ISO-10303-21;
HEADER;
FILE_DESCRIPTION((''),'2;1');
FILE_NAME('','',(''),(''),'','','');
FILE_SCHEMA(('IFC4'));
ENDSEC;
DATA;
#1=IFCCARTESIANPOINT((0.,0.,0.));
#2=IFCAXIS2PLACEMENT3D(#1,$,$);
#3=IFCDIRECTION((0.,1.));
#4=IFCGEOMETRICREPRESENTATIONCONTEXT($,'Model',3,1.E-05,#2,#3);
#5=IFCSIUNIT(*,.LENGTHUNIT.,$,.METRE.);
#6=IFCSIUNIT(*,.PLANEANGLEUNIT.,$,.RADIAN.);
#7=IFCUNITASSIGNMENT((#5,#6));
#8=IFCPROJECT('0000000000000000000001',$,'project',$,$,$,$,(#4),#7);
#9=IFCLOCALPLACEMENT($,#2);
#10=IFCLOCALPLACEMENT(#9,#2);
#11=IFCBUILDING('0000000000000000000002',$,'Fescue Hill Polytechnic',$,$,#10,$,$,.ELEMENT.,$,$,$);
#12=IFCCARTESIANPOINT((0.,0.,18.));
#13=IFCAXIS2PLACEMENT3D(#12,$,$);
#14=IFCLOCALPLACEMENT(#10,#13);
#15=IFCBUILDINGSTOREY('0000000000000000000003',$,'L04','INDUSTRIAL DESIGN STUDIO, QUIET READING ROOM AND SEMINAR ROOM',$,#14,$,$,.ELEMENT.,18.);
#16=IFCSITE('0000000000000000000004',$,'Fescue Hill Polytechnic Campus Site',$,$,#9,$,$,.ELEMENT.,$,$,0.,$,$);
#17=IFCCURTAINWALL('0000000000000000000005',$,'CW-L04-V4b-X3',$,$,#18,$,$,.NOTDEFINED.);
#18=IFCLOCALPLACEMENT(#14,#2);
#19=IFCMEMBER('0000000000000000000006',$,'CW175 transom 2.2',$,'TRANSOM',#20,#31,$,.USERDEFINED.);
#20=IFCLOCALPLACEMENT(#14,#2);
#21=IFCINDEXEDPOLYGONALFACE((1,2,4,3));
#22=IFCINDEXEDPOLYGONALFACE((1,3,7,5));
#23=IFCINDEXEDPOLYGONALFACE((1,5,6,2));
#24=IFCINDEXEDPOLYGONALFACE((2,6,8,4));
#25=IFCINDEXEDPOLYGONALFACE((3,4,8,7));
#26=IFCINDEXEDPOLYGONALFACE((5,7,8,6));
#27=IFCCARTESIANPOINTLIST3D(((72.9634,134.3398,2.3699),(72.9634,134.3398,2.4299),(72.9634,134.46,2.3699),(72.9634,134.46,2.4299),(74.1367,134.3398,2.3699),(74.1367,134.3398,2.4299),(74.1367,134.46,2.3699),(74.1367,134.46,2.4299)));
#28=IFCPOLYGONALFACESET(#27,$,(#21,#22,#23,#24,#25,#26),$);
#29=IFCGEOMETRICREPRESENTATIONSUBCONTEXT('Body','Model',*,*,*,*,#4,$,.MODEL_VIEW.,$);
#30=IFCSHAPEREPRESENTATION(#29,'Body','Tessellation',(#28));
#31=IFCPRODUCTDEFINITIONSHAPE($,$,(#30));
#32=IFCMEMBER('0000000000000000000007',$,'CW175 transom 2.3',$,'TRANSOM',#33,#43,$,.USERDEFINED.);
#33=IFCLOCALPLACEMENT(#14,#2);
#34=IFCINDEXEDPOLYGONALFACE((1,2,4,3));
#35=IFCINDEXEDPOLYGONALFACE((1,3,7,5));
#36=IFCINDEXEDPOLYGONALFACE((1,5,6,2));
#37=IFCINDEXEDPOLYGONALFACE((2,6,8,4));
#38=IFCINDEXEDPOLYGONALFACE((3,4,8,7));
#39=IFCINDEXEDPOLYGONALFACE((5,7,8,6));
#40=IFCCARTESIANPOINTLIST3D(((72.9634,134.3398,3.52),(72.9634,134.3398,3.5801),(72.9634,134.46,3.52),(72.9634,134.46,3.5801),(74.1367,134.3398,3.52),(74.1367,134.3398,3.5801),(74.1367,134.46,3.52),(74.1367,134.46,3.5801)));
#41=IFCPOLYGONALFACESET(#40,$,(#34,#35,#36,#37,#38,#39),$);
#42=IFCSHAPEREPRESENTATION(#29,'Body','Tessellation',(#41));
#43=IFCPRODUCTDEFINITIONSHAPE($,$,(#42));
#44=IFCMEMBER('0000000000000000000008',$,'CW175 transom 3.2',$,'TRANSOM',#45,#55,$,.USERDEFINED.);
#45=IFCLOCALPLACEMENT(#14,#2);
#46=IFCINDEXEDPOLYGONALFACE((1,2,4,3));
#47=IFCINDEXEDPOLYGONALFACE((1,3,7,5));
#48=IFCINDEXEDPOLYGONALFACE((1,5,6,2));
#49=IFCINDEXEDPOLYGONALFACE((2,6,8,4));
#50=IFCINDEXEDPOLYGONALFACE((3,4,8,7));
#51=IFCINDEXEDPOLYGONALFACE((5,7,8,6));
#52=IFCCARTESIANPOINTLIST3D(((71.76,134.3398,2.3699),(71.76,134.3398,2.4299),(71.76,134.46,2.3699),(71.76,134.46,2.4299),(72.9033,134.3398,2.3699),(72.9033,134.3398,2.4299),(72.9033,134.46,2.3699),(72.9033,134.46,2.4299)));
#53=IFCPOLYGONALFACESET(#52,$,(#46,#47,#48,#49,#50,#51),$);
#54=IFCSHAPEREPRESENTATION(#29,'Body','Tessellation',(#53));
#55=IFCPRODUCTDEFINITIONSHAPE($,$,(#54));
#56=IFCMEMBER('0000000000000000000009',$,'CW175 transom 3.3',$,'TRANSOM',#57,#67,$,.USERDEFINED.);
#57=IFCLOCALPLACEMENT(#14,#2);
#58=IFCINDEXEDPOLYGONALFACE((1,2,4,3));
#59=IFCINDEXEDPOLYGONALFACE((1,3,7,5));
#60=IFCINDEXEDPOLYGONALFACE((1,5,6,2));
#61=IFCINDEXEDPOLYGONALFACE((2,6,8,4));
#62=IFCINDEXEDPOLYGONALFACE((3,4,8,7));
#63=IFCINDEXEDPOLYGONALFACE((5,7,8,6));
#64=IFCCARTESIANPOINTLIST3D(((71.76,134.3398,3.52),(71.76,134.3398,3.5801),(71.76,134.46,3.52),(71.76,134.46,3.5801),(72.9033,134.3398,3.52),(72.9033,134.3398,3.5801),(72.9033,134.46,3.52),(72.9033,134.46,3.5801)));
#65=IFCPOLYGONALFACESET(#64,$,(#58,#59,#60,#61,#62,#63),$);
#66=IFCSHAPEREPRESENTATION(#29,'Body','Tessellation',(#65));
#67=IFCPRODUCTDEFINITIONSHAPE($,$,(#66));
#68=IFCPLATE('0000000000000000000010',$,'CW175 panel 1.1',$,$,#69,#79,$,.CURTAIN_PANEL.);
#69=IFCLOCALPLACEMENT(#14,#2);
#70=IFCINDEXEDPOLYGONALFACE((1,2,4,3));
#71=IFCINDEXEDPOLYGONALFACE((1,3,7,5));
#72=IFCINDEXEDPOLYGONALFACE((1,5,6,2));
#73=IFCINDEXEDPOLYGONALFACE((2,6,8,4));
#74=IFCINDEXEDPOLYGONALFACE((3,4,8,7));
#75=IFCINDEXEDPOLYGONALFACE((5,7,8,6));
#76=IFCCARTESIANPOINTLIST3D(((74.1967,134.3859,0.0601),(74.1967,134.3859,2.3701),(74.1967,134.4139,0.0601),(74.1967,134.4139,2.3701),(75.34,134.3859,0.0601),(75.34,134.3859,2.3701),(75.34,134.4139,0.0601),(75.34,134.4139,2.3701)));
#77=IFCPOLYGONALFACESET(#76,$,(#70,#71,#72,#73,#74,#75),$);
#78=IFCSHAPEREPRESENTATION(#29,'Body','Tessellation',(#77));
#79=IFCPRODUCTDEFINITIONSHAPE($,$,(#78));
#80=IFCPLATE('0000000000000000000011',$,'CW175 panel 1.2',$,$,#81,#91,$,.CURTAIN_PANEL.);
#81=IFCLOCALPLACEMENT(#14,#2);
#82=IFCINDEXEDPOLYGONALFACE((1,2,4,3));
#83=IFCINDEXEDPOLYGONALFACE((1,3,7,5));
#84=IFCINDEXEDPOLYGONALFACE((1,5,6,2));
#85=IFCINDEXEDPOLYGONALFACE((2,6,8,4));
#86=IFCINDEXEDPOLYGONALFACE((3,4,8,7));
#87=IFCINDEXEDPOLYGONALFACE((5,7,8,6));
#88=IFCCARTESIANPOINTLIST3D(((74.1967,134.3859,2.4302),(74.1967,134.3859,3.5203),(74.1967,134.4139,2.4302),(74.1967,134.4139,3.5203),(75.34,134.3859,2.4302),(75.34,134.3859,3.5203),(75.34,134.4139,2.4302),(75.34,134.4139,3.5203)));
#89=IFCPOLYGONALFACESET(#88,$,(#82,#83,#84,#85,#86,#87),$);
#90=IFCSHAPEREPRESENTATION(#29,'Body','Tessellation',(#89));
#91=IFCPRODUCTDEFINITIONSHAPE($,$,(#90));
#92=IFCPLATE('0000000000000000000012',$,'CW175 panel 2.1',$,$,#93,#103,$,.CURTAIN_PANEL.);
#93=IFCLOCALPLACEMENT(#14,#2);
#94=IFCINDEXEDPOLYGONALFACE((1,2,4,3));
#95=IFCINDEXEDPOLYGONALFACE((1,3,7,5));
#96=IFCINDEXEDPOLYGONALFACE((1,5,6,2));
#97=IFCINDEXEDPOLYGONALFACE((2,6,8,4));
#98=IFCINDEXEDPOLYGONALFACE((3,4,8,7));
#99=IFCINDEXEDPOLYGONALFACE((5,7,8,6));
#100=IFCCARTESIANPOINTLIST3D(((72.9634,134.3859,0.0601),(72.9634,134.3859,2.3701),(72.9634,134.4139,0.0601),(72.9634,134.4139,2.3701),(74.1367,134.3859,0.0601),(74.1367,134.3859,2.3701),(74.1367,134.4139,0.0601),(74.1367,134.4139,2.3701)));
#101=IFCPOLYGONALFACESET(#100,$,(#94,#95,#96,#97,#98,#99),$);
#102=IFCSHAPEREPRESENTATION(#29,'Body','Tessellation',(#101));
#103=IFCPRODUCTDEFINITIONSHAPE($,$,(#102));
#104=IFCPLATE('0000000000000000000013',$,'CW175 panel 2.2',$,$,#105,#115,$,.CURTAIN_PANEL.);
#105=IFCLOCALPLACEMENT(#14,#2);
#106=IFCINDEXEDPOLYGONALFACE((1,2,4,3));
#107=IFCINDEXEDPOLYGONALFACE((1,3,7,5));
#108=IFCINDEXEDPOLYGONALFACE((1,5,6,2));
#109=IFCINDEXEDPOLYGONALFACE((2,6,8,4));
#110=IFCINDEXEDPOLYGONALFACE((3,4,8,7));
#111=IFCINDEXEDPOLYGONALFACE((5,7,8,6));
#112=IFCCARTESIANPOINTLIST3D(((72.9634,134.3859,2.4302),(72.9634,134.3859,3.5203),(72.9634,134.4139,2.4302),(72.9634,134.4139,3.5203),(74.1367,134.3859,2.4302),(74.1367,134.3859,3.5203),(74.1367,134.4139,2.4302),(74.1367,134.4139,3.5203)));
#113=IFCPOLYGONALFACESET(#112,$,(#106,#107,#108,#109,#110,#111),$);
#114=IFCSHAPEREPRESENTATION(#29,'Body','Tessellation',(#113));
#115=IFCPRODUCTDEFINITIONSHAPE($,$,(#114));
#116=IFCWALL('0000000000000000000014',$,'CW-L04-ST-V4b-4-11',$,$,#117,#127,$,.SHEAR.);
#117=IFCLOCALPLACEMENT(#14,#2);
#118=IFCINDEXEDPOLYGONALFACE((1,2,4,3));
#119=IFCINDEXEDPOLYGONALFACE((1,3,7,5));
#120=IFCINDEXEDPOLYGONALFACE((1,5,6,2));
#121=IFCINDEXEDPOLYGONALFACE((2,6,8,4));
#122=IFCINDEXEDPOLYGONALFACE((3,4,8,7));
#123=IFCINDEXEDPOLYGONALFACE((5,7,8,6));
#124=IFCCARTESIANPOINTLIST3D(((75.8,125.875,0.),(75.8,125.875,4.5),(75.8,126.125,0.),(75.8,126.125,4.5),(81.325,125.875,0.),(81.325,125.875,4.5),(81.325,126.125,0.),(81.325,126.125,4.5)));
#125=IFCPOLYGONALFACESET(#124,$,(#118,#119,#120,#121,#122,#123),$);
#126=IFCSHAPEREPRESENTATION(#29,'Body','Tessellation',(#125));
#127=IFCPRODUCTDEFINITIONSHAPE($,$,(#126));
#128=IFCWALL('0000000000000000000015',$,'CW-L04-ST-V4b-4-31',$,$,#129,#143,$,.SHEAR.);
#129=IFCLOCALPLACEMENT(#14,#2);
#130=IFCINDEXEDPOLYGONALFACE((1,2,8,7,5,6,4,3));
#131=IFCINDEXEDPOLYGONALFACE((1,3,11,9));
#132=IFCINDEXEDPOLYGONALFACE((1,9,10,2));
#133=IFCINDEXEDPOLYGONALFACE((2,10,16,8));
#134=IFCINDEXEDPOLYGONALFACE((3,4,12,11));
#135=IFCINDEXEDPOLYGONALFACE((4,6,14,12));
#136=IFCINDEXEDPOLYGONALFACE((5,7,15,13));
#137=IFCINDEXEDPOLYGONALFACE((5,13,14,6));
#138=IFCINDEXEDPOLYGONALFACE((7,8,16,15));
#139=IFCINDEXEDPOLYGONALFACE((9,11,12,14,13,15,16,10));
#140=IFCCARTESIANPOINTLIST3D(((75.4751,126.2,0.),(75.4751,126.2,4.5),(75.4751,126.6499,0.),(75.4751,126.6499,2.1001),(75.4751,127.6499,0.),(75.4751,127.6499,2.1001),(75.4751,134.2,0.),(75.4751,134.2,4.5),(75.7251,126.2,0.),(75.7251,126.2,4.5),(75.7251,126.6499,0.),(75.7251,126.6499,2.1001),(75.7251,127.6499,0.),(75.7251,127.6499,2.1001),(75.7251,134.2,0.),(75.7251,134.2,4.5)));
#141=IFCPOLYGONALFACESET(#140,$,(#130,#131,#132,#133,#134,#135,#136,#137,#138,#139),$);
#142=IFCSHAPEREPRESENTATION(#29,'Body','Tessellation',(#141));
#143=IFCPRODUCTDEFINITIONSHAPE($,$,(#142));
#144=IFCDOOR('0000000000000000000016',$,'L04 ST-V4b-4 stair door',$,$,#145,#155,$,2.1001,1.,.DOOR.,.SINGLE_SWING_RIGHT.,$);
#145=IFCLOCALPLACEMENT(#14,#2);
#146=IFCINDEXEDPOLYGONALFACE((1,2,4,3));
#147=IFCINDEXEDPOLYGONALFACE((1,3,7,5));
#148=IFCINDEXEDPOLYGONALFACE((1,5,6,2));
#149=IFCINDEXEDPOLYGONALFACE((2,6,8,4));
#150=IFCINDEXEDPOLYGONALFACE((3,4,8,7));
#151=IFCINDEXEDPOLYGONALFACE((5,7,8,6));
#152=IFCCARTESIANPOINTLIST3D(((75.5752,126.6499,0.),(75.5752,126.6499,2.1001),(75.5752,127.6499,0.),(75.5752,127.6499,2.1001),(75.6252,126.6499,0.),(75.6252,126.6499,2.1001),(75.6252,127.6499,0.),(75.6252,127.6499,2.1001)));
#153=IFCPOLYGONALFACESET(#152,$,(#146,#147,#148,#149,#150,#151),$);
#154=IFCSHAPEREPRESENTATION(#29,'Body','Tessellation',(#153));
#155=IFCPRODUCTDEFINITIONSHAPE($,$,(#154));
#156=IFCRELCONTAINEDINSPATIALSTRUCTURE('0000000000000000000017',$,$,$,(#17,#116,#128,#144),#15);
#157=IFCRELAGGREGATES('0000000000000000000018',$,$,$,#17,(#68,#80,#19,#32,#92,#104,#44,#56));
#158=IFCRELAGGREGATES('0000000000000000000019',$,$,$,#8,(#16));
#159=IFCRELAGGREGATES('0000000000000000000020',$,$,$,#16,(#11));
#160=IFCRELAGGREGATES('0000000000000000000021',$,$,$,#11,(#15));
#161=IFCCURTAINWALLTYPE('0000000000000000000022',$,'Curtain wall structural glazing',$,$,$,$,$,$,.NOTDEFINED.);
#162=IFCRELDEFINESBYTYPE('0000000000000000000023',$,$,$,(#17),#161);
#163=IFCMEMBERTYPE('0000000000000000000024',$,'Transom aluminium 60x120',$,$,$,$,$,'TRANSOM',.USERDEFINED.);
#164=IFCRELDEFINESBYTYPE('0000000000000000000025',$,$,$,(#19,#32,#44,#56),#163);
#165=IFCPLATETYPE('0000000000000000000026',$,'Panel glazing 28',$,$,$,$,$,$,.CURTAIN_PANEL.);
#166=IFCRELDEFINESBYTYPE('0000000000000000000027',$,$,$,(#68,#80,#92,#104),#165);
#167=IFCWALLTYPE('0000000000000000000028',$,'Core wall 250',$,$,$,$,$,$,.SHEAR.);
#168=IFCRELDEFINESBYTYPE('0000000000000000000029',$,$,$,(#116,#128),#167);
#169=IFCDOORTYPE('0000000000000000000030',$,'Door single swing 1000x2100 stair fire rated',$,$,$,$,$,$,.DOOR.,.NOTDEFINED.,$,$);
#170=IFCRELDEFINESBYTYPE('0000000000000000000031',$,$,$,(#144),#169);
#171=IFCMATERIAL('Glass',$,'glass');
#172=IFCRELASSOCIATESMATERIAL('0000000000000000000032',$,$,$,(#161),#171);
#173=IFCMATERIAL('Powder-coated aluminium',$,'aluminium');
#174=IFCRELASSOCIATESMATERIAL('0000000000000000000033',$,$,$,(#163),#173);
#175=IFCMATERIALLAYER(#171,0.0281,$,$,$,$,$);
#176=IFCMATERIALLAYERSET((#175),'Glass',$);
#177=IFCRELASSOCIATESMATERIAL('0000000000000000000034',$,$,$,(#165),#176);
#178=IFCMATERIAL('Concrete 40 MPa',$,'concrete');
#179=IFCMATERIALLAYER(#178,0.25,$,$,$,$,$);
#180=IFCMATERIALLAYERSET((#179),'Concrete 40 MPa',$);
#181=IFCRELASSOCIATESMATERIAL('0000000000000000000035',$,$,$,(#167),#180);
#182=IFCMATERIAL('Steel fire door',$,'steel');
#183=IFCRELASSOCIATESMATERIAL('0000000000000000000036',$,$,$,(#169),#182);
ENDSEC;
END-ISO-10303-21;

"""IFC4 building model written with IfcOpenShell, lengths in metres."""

from ifc_helpers import new_model, si_unit, direction, frame, frame_2d, origin, origin_2d, place, context, subcontext, project, spatial, rectangle, extrude, material, layer, layer_set, material_profile, profile_set, type_object, element, fill, aggregate, save


model = new_model("IFC4")

# Units and contexts
model_context = context("Model", 3, precision=1e-05, world=origin(), true_north=direction((0.0, 1.0)))
body_context = subcontext(model_context, "Body", "Model", "MODEL_VIEW")
ifc_project = project(units=[si_unit("LENGTHUNIT", "METRE"), si_unit("PLANEANGLEUNIT", "RADIAN")], contexts=[model_context])

# Site, building, storey
site_placement = place(None, origin())
site = spatial("IfcSite", under=ifc_project, at=site_placement, Name="Fescue Hill Polytechnic Campus Site", CompositionType="ELEMENT", RefElevation=0.0)
building_placement = place(site_placement, origin())
building = spatial("IfcBuilding", under=site, at=building_placement, Name="Fescue Hill Polytechnic", CompositionType="ELEMENT")
storey_placement = place(building_placement, frame((0.0, 0.0, 18.0)))
storey = spatial("IfcBuildingStorey", under=building, at=storey_placement, Name="L04", Description="INDUSTRIAL DESIGN STUDIO, QUIET READING ROOM AND SEMINAR ROOM", CompositionType="ELEMENT", Elevation=18.0)

# Shared definitions
ifc_material_1 = material(Name="Concrete 40 MPa", Category="concrete")

# Curtain wall, members, plates
ifc_material_2 = material(Name="Glass", Category="glass")
curtain_wall_type = type_object("IfcCurtainWallType", Name="Curtain wall structural glazing", PredefinedType="NOTDEFINED", material=ifc_material_2)
curtain_wall_placement = place(storey_placement, origin())
curtain_wall = element("IfcCurtainWall", 1, at=curtain_wall_placement, inside=storey, type_object=curtain_wall_type, Name="CW-L04-V4b-X3", PredefinedType="NOTDEFINED")
ifc_material_3 = material(Name="Powder-coated aluminium", Category="aluminium")
ifc_material_profile_1 = material_profile(ifc_material_3, rectangle(XDim=0.1201, YDim=0.0601, at=origin_2d()), Name="Transom aluminium 60x120")
ifc_profile_set_1 = profile_set([ifc_material_profile_1], Name="Powder-coated aluminium")
member_type_1 = type_object("IfcMemberType", Name="Transom aluminium 60x120", ElementType="TRANSOM", PredefinedType="USERDEFINED", material=ifc_profile_set_1)
member_1_placement = place(storey_placement, frame((74.1367, 134.3999, 2.3999), z_axis=(-1.0, 0.0, 0.0), x_axis=(0.0, -1.0, 0.0)))
member_1 = element("IfcMember", 2, at=member_1_placement, type_object=member_type_1, Name="CW175 transom 2.2", ObjectType="TRANSOM", PredefinedType="USERDEFINED", context=body_context, shape_type="SweptSolid", body=[
    extrude(rectangle(XDim=0.1201, YDim=0.0601, at=origin_2d()), origin(), (0.0, 0.0, 1.0), 1.1733),
])
member_2_placement = place(storey_placement, frame((74.1367, 134.3999, 3.55), z_axis=(-1.0, 0.0, 0.0), x_axis=(0.0, -1.0, 0.0)))
member_2 = element("IfcMember", 3, at=member_2_placement, type_object=member_type_1, Name="CW175 transom 2.3", ObjectType="TRANSOM", PredefinedType="USERDEFINED", context=body_context, shape_type="SweptSolid", body=[
    extrude(rectangle(XDim=0.1201, YDim=0.0601, at=origin_2d()), origin(), (0.0, 0.0, 1.0), 1.1733),
])
member_3_placement = place(storey_placement, frame((72.9033, 134.3999, 2.3999), z_axis=(-1.0, 0.0, 0.0), x_axis=(0.0, -1.0, 0.0)))
member_3 = element("IfcMember", 4, at=member_3_placement, type_object=member_type_1, Name="CW175 transom 3.2", ObjectType="TRANSOM", PredefinedType="USERDEFINED", context=body_context, shape_type="SweptSolid", body=[
    extrude(rectangle(XDim=0.1201, YDim=0.0601, at=origin_2d()), origin(), (0.0, 0.0, 1.0), 1.1433),
])
member_4_placement = place(storey_placement, frame((72.9033, 134.3999, 3.55), z_axis=(-1.0, 0.0, 0.0), x_axis=(0.0, -1.0, 0.0)))
member_4 = element("IfcMember", 5, at=member_4_placement, type_object=member_type_1, Name="CW175 transom 3.3", ObjectType="TRANSOM", PredefinedType="USERDEFINED", context=body_context, shape_type="SweptSolid", body=[
    extrude(rectangle(XDim=0.1201, YDim=0.0601, at=origin_2d()), origin(), (0.0, 0.0, 1.0), 1.1433),
])
ifc_layer_1 = layer(ifc_material_2, 0.0281)
ifc_layer_set_1 = layer_set([ifc_layer_1], Name="Glass")
plate_type = type_object("IfcPlateType", Name="Panel glazing 28", PredefinedType="CURTAIN_PANEL", material=ifc_layer_set_1)
plate_1_placement = place(storey_placement, frame((74.7683, 134.3999, 0.0601), z_axis=(0.0, 0.0, 1.0), x_axis=(-1.0, 0.0, 0.0)))
plate_1 = element("IfcPlate", 6, at=plate_1_placement, type_object=plate_type, Name="CW175 panel 1.1", PredefinedType="CURTAIN_PANEL", context=body_context, shape_type="SweptSolid", body=[
    extrude(rectangle(XDim=1.1433, YDim=0.0281, at=origin_2d()), origin(), (0.0, 0.0, 1.0), 2.3101),
])
plate_2_placement = place(storey_placement, frame((74.7683, 134.3999, 2.4302), z_axis=(0.0, 0.0, 1.0), x_axis=(-1.0, 0.0, 0.0)))
plate_2 = element("IfcPlate", 7, at=plate_2_placement, type_object=plate_type, Name="CW175 panel 1.2", PredefinedType="CURTAIN_PANEL", context=body_context, shape_type="SweptSolid", body=[
    extrude(rectangle(XDim=1.1433, YDim=0.0281, at=origin_2d()), origin(), (0.0, 0.0, 1.0), 1.0901),
])
plate_3_placement = place(storey_placement, frame((73.55, 134.3999, 0.0601), z_axis=(0.0, 0.0, 1.0), x_axis=(-1.0, 0.0, 0.0)))
plate_3 = element("IfcPlate", 8, at=plate_3_placement, type_object=plate_type, Name="CW175 panel 2.1", PredefinedType="CURTAIN_PANEL", context=body_context, shape_type="SweptSolid", body=[
    extrude(rectangle(XDim=1.1733, YDim=0.0281, at=origin_2d()), origin(), (0.0, 0.0, 1.0), 2.3101),
])
plate_4_placement = place(storey_placement, frame((73.55, 134.3999, 2.4302), z_axis=(0.0, 0.0, 1.0), x_axis=(-1.0, 0.0, 0.0)))
plate_4 = element("IfcPlate", 9, at=plate_4_placement, type_object=plate_type, Name="CW175 panel 2.2", PredefinedType="CURTAIN_PANEL", context=body_context, shape_type="SweptSolid", body=[
    extrude(rectangle(XDim=1.1733, YDim=0.0281, at=origin_2d()), origin(), (0.0, 0.0, 1.0), 1.0901),
])
aggregate(curtain_wall, [plate_1, plate_2, member_1, member_2, plate_3, plate_4, member_3, member_4])

# Wall
ifc_layer_2 = layer(ifc_material_1, 0.25)
ifc_layer_set_2 = layer_set([ifc_layer_2], Name="Concrete 40 MPa")
wall_type = type_object("IfcWallType", Name="Core wall 250", PredefinedType="SHEAR", material=ifc_layer_set_2)
wall_1_placement = place(storey_placement, frame((75.8, 126.0, 0.0), z_axis=(0.0, 0.0, 1.0), x_axis=(1.0, 0.0, 0.0)))
element("IfcWall", 10, at=wall_1_placement, inside=storey, type_object=wall_type, Name="CW-L04-ST-V4b-4-11", PredefinedType="SHEAR", context=body_context, shape_type="SweptSolid", body=[
    extrude(rectangle(XDim=5.5249, YDim=0.25, at=frame_2d((2.7625, 0.0))), origin(), (0.0, 0.0, 1.0), 4.5),
])

# Wall, opening, door
wall_2_placement = place(storey_placement, frame((75.6001, 126.2, 0.0), z_axis=(0.0, 0.0, 1.0), x_axis=(0.0, 1.0, 0.0)))
wall_2 = element("IfcWall", 11, at=wall_2_placement, inside=storey, type_object=wall_type, Name="CW-L04-ST-V4b-4-31", PredefinedType="SHEAR", context=body_context, shape_type="SweptSolid", body=[
    extrude(rectangle(XDim=8.0, YDim=0.25, at=frame_2d((4.0, 0.0))), origin(), (0.0, 0.0, 1.0), 4.5),
])
opening_placement = place(wall_2_placement, frame((0.45, 0.0, 0.0)))
opening = element("IfcOpeningElement", 12, at=opening_placement, cuts=wall_2, PredefinedType="OPENING", context=body_context, shape_type="SweptSolid", body=[
    extrude(rectangle(XDim=1.0, YDim=2.1001, at=frame_2d((0.5, 1.05))), frame((0.0, 0.135, 0.0), z_axis=(0.0, -1.0, 0.0), x_axis=(1.0, 0.0, 0.0)), (0.0, 0.0, 1.0), 0.27),
])
ifc_material_4 = material(Name="Steel fire door", Category="steel")
door_type = type_object("IfcDoorType", Name="Door single swing 1000x2100 stair fire rated", OperationType="NOTDEFINED", PredefinedType="DOOR", material=ifc_material_4)
door_placement = place(opening_placement, origin())
door = element("IfcDoor", 13, at=door_placement, inside=storey, type_object=door_type, Name="L04 ST-V4b-4 stair door", OperationType="SINGLE_SWING_RIGHT", OverallHeight=2.1001, OverallWidth=1.0, PredefinedType="DOOR", context=body_context, shape_type="SweptSolid", body=[
    extrude(rectangle(XDim=1.0, YDim=2.1001, at=frame_2d((0.5, 1.05))), frame((0.0, 0.0249, 0.0), z_axis=(0.0, -1.0, 0.0), x_axis=(1.0, 0.0, 0.0)), (0.0, 0.0, 1.0), 0.05),
])
fill(opening, door)

save(model, "model.ifc")
